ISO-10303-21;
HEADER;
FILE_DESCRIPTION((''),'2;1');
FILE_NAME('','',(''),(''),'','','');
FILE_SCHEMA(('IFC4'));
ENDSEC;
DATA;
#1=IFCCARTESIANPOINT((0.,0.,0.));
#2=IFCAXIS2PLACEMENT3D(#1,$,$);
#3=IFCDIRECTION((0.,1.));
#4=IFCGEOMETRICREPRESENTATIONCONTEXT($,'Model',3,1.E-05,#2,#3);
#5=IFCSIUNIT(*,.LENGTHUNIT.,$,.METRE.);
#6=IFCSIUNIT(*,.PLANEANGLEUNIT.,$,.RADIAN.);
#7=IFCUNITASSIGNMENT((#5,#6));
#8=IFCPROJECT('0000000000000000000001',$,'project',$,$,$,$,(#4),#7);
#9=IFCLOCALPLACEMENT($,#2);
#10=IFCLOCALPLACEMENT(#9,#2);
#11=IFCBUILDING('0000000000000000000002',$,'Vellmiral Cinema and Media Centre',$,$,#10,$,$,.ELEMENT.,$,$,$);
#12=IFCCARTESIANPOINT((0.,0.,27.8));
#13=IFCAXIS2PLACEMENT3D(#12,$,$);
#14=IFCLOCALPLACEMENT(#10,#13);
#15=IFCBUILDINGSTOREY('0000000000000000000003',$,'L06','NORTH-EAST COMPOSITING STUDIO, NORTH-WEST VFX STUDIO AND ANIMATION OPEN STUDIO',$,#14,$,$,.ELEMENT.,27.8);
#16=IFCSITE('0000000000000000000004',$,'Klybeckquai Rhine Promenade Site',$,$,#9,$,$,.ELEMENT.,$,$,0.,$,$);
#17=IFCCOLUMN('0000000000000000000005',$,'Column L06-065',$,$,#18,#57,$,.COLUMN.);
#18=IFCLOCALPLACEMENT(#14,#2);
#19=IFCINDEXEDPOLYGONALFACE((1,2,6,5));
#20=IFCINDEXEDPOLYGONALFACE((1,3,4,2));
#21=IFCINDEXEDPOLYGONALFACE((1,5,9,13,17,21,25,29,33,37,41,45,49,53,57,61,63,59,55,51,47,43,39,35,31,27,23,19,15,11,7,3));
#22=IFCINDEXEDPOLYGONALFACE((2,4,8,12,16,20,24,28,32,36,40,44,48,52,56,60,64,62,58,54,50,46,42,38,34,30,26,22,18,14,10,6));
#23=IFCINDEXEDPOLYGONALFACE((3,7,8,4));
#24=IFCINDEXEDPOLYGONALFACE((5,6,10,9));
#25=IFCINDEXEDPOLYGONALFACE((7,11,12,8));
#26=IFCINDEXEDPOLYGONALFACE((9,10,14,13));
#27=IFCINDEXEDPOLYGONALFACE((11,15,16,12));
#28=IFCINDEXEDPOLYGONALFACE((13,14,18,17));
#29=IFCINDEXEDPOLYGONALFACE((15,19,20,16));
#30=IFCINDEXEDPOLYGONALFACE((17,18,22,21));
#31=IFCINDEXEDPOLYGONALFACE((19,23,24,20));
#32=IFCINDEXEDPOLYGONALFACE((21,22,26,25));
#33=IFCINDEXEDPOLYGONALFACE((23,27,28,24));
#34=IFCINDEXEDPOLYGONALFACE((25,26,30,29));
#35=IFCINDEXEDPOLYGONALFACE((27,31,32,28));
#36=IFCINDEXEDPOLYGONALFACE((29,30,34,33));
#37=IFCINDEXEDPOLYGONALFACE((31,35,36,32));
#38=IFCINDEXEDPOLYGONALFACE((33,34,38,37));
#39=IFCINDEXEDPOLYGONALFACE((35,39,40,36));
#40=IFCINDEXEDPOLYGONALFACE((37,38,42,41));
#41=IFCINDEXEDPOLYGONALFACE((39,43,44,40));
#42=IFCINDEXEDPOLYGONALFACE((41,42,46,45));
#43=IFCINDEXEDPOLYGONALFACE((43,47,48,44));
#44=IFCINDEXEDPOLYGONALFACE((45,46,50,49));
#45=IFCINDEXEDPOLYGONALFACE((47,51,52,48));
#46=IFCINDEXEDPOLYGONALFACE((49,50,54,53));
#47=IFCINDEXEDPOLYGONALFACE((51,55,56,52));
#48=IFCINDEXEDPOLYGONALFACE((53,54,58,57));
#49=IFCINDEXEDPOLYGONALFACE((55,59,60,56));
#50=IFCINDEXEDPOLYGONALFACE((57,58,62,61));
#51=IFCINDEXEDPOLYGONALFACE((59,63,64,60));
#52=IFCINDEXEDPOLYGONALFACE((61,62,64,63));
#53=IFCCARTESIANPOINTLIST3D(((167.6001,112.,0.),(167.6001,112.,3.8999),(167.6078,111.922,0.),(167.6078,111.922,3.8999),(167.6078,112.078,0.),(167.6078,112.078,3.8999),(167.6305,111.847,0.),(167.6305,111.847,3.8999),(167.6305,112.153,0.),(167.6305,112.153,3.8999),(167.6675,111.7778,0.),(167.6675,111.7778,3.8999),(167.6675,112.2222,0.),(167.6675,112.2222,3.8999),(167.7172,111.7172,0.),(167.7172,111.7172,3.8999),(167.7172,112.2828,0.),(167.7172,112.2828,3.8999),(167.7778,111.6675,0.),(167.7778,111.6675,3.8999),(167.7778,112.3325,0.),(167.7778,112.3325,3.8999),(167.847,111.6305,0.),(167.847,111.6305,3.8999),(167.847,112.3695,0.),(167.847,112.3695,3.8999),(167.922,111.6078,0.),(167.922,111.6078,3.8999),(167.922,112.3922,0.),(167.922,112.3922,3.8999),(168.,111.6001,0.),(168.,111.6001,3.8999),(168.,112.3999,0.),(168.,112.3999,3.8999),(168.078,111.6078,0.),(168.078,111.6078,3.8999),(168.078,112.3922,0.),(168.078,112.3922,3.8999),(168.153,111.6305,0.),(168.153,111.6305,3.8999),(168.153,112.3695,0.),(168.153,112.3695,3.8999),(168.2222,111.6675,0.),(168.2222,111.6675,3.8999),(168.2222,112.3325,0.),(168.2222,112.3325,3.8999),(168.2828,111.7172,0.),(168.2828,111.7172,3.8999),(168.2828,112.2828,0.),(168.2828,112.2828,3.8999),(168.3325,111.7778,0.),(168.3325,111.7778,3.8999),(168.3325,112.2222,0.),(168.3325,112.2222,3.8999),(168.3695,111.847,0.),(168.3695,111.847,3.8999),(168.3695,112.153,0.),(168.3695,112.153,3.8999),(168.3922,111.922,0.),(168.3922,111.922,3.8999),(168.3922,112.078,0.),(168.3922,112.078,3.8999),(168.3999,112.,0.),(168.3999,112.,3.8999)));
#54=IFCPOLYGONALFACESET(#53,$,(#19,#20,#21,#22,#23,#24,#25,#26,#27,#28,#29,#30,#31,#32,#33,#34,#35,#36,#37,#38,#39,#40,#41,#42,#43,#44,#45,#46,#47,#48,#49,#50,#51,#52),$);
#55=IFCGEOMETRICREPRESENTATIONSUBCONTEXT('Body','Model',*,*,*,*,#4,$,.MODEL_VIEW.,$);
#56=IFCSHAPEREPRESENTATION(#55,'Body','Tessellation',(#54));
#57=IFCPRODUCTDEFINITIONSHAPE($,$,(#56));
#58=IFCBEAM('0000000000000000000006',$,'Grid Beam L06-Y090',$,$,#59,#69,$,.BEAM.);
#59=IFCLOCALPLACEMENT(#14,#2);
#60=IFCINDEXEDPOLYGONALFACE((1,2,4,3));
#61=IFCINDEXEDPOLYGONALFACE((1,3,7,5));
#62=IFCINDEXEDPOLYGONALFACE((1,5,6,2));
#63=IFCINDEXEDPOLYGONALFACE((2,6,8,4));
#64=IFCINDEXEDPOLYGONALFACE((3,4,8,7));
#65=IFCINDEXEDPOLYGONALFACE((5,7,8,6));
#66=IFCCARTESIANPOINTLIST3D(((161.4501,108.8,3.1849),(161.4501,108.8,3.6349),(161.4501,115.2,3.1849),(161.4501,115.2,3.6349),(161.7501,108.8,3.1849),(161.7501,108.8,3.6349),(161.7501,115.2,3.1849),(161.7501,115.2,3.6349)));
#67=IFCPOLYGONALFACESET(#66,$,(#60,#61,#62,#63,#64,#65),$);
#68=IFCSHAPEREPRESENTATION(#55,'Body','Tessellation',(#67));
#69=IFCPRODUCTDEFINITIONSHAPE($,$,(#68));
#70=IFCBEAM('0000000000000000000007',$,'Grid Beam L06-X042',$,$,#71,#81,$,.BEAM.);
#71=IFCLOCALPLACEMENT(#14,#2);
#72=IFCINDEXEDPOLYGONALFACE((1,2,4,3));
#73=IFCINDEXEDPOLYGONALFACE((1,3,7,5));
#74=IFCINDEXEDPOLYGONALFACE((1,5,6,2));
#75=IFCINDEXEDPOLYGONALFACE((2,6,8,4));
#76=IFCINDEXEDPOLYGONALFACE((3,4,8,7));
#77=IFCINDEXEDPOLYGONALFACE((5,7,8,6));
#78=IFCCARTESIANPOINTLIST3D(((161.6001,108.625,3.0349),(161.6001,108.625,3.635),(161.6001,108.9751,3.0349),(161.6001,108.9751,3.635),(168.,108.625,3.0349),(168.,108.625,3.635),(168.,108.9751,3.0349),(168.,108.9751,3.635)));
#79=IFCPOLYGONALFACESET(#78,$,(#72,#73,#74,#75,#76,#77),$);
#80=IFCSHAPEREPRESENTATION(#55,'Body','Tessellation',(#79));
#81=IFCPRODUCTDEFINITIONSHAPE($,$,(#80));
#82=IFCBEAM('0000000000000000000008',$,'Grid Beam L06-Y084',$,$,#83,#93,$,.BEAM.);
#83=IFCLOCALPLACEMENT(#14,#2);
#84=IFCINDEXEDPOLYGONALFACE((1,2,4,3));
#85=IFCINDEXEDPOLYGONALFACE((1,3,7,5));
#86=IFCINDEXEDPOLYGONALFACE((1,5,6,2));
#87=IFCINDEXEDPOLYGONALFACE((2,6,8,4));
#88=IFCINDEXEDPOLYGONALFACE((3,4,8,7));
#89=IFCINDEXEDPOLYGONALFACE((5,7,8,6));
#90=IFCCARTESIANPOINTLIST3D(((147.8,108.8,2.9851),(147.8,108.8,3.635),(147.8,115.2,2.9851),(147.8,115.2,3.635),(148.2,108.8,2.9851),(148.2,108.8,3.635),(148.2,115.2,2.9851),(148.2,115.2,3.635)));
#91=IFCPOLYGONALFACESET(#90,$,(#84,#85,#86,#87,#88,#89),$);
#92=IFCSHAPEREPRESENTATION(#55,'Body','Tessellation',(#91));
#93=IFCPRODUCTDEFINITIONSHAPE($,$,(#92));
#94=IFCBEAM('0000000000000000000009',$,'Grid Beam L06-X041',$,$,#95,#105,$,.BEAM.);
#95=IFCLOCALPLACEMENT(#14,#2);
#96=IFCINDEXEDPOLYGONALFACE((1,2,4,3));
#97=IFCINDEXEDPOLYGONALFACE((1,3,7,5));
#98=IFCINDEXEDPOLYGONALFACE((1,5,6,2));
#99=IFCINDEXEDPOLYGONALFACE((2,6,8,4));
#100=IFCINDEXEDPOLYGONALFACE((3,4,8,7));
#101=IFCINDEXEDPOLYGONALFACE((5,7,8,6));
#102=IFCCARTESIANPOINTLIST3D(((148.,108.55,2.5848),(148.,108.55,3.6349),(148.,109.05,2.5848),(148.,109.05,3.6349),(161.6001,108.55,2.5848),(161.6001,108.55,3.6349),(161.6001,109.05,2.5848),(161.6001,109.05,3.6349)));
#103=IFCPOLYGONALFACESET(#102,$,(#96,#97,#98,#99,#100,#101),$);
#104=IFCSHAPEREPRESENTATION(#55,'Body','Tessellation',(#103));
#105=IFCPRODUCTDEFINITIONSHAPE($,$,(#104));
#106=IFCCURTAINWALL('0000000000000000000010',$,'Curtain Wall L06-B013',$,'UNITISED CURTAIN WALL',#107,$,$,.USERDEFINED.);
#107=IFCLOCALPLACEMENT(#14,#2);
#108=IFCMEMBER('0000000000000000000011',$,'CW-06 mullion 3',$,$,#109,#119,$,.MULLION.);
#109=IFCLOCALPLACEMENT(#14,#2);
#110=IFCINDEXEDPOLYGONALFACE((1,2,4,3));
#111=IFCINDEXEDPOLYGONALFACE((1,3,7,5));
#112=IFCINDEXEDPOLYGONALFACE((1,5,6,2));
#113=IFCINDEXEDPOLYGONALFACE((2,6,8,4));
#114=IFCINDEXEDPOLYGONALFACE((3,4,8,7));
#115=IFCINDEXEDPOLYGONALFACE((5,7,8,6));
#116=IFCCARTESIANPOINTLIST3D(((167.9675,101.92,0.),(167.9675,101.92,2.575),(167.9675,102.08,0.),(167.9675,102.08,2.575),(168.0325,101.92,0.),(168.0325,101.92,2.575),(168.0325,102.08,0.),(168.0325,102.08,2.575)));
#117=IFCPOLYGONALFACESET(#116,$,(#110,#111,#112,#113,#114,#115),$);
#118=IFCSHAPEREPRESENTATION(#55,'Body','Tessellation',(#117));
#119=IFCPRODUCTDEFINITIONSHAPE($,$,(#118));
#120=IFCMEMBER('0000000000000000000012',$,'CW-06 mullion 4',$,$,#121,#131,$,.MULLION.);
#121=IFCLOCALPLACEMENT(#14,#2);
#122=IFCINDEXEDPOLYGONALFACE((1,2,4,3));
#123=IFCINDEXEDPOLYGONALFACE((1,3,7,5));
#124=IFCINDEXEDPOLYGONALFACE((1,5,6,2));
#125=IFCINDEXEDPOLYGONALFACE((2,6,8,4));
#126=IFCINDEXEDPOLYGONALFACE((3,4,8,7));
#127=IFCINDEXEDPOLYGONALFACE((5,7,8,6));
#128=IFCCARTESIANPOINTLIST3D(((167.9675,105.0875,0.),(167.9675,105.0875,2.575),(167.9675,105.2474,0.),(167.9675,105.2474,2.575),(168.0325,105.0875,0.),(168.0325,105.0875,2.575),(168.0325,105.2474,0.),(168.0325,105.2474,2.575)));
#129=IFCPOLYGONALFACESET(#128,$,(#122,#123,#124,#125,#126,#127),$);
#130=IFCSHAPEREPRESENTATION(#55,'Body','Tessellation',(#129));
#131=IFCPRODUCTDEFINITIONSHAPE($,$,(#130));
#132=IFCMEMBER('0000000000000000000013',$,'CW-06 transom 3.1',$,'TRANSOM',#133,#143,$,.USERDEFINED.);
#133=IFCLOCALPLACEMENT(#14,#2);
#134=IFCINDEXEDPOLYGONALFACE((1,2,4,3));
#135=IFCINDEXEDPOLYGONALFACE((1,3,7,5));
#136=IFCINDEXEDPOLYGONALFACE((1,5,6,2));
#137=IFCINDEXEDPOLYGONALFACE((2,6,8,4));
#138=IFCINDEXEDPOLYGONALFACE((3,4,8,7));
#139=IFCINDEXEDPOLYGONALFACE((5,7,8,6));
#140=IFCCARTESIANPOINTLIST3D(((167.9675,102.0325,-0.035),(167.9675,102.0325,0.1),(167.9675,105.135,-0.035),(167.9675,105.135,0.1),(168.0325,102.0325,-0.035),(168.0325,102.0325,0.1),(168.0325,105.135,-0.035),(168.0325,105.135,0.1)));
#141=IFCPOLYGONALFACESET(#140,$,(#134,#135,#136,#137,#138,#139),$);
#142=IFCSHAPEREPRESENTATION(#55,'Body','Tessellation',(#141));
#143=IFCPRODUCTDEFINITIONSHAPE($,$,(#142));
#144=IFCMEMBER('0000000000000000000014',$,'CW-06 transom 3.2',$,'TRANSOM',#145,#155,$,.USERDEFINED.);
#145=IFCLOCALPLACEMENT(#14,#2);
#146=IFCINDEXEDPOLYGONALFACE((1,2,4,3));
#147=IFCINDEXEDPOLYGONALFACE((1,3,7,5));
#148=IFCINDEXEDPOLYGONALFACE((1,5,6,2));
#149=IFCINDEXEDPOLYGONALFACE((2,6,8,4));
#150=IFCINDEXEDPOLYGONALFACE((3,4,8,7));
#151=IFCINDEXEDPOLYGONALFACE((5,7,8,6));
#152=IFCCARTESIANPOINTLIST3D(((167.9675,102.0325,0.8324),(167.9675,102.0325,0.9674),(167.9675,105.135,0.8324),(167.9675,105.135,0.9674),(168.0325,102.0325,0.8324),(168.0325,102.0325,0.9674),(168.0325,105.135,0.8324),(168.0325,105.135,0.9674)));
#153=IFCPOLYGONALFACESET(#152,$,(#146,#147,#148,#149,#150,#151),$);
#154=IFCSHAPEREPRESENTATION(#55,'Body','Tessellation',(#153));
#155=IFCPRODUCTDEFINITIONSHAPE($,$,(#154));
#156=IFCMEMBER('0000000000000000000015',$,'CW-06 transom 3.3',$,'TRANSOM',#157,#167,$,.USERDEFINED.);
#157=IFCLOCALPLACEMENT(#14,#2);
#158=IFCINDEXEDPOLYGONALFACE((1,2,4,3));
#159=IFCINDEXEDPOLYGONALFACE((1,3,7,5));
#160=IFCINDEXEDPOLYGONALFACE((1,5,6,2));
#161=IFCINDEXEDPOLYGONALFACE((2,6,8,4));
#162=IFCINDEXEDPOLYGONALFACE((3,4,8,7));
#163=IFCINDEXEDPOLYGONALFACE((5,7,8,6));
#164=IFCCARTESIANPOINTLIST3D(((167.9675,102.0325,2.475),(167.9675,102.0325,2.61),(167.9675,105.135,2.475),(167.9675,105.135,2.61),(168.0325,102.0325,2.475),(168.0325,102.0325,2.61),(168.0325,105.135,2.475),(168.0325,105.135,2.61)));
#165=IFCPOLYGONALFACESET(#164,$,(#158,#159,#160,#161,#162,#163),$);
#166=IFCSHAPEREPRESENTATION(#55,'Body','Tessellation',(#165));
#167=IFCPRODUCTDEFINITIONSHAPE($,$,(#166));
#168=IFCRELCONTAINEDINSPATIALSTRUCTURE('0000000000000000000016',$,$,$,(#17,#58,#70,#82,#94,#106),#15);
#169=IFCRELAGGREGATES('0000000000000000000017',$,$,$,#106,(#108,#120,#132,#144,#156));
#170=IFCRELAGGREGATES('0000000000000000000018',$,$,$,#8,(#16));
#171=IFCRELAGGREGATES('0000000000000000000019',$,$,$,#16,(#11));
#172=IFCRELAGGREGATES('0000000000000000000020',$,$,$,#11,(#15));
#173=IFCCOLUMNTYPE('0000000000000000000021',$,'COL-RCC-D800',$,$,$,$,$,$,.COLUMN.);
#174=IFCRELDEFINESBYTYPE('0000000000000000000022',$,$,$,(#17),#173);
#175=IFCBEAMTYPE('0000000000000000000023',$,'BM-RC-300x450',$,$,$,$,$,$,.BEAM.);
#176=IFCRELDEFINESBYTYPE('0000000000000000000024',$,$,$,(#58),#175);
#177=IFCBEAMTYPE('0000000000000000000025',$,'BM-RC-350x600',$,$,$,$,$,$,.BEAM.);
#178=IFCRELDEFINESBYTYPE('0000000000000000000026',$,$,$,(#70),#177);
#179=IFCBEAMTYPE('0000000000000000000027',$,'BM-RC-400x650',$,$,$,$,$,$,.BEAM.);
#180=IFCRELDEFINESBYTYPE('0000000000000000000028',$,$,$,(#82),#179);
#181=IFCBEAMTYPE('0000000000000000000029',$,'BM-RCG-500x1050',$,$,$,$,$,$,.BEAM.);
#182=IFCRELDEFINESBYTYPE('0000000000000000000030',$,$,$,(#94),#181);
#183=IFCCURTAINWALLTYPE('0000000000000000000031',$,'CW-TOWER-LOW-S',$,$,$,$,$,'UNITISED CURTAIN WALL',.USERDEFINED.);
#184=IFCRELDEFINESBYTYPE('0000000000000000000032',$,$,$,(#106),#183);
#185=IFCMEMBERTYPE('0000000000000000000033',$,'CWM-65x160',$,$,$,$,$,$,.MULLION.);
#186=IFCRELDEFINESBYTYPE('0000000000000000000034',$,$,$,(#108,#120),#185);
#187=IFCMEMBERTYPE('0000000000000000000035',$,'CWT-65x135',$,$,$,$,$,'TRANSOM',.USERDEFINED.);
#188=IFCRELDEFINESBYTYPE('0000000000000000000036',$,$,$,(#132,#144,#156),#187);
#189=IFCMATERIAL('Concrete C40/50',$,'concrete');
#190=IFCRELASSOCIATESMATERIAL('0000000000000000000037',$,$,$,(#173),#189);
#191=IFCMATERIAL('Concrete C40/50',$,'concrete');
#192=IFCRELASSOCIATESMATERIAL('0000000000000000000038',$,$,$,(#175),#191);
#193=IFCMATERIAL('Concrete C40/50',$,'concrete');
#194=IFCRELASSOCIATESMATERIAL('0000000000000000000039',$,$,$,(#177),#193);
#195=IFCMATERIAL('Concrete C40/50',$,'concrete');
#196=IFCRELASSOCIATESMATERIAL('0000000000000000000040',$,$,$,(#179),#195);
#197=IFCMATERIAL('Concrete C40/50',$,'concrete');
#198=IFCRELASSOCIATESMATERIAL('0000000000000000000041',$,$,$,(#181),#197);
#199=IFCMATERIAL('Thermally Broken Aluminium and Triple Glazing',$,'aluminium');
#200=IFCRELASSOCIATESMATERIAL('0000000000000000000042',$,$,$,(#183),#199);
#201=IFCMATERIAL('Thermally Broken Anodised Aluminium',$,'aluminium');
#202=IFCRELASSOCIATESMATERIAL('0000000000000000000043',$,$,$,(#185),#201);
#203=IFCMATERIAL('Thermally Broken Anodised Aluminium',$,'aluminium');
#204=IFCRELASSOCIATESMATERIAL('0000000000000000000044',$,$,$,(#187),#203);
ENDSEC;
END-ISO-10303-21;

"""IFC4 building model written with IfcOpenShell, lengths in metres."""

from ifc_helpers import new_model, si_unit, direction, frame, origin, origin_2d, place, context, subcontext, project, spatial, rectangle, circle, extrude, material, material_profile, profile_set, type_object, element, aggregate, save


model = new_model("IFC4")

# Units and contexts
model_context = context("Model", 3, precision=1e-05, world=origin(), true_north=direction((0.0, 1.0)))
body_context = subcontext(model_context, "Body", "Model", "MODEL_VIEW")
ifc_project = project(units=[si_unit("LENGTHUNIT", "METRE"), si_unit("PLANEANGLEUNIT", "RADIAN")], contexts=[model_context])

# Site, building, storey
site_placement = place(None, origin())
site = spatial("IfcSite", under=ifc_project, at=site_placement, Name="Klybeckquai Rhine Promenade Site", CompositionType="ELEMENT", RefElevation=0.0)
building_placement = place(site_placement, origin())
building = spatial("IfcBuilding", under=site, at=building_placement, Name="Vellmiral Cinema and Media Centre", CompositionType="ELEMENT")
storey_placement = place(building_placement, frame((0.0, 0.0, 27.8)))
storey = spatial("IfcBuildingStorey", under=building, at=storey_placement, Name="L06", Description="NORTH-EAST COMPOSITING STUDIO, NORTH-WEST VFX STUDIO AND ANIMATION OPEN STUDIO", CompositionType="ELEMENT", Elevation=27.8)

# Column
ifc_material_1 = material(Name="Concrete C40/50", Category="concrete")
ifc_material_profile_1 = material_profile(ifc_material_1, circle(Radius=0.3999, at=origin_2d()), Name="RC D800")
ifc_profile_set_1 = profile_set([ifc_material_profile_1], Name="Concrete C40/50")
column_type_1 = type_object("IfcColumnType", Name="COL-RCC-D800", PredefinedType="COLUMN", material=ifc_profile_set_1)
for number, where, z_axis, x_axis, name in (
    (1, (168.0, 112.0, 0.0), (0.0, 0.0, 1.0), (1.0, 0.0, 0.0), "Column L06-065"),
):
    element("IfcColumn", number, at=place(storey_placement, frame(where, z_axis=z_axis, x_axis=x_axis)), inside=storey, type_object=column_type_1, Name=name, PredefinedType="COLUMN", context=body_context, shape_type="SweptSolid", body=[
        extrude(circle(Radius=0.3999, at=origin_2d()), origin(), (0.0, 0.0, 1.0), 3.8999),
    ])

# Beams
ifc_material_2 = material(Name="Concrete C40/50", Category="concrete")
ifc_material_profile_2 = material_profile(ifc_material_2, rectangle(XDim=0.3, YDim=0.45, at=origin_2d()), Name="RC 300x450")
ifc_profile_set_2 = profile_set([ifc_material_profile_2], Name="Concrete C40/50")
beam_type_1 = type_object("IfcBeamType", Name="BM-RC-300x450", PredefinedType="BEAM", material=ifc_profile_set_2)
beam_1_placement = place(storey_placement, frame((161.6001, 108.8, 3.4099), z_axis=(0.0, 1.0, 0.0), x_axis=(-1.0, 0.0, 0.0)))
element("IfcBeam", 2, at=beam_1_placement, inside=storey, type_object=beam_type_1, Name="Grid Beam L06-Y090", PredefinedType="BEAM", context=body_context, shape_type="SweptSolid", body=[
    extrude(rectangle(XDim=0.3, YDim=0.45, at=origin_2d()), origin(), (0.0, 0.0, 1.0), 6.3999),
])
ifc_material_3 = material(Name="Concrete C40/50", Category="concrete")
ifc_material_profile_3 = material_profile(ifc_material_3, rectangle(XDim=0.3501, YDim=0.6001, at=origin_2d()), Name="RC 350x600")
ifc_profile_set_3 = profile_set([ifc_material_profile_3], Name="Concrete C40/50")
beam_type_2 = type_object("IfcBeamType", Name="BM-RC-350x600", PredefinedType="BEAM", material=ifc_profile_set_3)
beam_2_placement = place(storey_placement, frame((161.6001, 108.8, 3.335), z_axis=(1.0, 0.0, 0.0), x_axis=(0.0, 1.0, 0.0)))
element("IfcBeam", 3, at=beam_2_placement, inside=storey, type_object=beam_type_2, Name="Grid Beam L06-X042", PredefinedType="BEAM", context=body_context, shape_type="SweptSolid", body=[
    extrude(rectangle(XDim=0.3501, YDim=0.6001, at=origin_2d()), origin(), (0.0, 0.0, 1.0), 6.3999),
])
ifc_material_4 = material(Name="Concrete C40/50", Category="concrete")
ifc_material_profile_4 = material_profile(ifc_material_4, rectangle(XDim=0.3999, YDim=0.6499, at=origin_2d()), Name="RC 400x650")
ifc_profile_set_4 = profile_set([ifc_material_profile_4], Name="Concrete C40/50")
beam_type_3 = type_object("IfcBeamType", Name="BM-RC-400x650", PredefinedType="BEAM", material=ifc_profile_set_4)
beam_3_placement = place(storey_placement, frame((148.0, 108.8, 3.3101), z_axis=(0.0, 1.0, 0.0), x_axis=(-1.0, 0.0, 0.0)))
element("IfcBeam", 4, at=beam_3_placement, inside=storey, type_object=beam_type_3, Name="Grid Beam L06-Y084", PredefinedType="BEAM", context=body_context, shape_type="SweptSolid", body=[
    extrude(rectangle(XDim=0.3999, YDim=0.6499, at=origin_2d()), origin(), (0.0, 0.0, 1.0), 6.3999),
])
ifc_material_5 = material(Name="Concrete C40/50", Category="concrete")
ifc_material_profile_5 = material_profile(ifc_material_5, rectangle(XDim=0.5, YDim=1.05, at=origin_2d()), Name="RC 500x1050")
ifc_profile_set_5 = profile_set([ifc_material_profile_5], Name="Concrete C40/50")
beam_type_4 = type_object("IfcBeamType", Name="BM-RCG-500x1050", PredefinedType="BEAM", material=ifc_profile_set_5)
beam_4_placement = place(storey_placement, frame((148.0, 108.8, 3.1099), z_axis=(1.0, 0.0, 0.0), x_axis=(0.0, 1.0, 0.0)))
element("IfcBeam", 5, at=beam_4_placement, inside=storey, type_object=beam_type_4, Name="Grid Beam L06-X041", PredefinedType="BEAM", context=body_context, shape_type="SweptSolid", body=[
    extrude(rectangle(XDim=0.5, YDim=1.05, at=origin_2d()), origin(), (0.0, 0.0, 1.0), 13.6001),
])

# Curtain wall, members
ifc_material_6 = material(Name="Thermally Broken Aluminium and Triple Glazing", Category="aluminium")
curtain_wall_type = type_object("IfcCurtainWallType", Name="CW-TOWER-LOW-S", ElementType="UNITISED CURTAIN WALL", PredefinedType="USERDEFINED", material=ifc_material_6)
curtain_wall_placement = place(storey_placement, origin())
curtain_wall = element("IfcCurtainWall", 6, at=curtain_wall_placement, inside=storey, type_object=curtain_wall_type, Name="Curtain Wall L06-B013", ObjectType="UNITISED CURTAIN WALL", PredefinedType="USERDEFINED")
ifc_material_7 = material(Name="Thermally Broken Anodised Aluminium", Category="aluminium")
ifc_material_profile_6 = material_profile(ifc_material_7, rectangle(XDim=0.0649, YDim=0.1599, at=origin_2d()), Name="MULL 65x160")
ifc_profile_set_6 = profile_set([ifc_material_profile_6], Name="Thermally Broken Anodised Aluminium")
member_type_1 = type_object("IfcMemberType", Name="CWM-65x160", PredefinedType="MULLION", material=ifc_profile_set_6)
member_1_placement = place(storey_placement, frame((168.0, 102.0, 0.0), z_axis=(0.0, 0.0, 1.0), x_axis=(-1.0, 0.0, 0.0)))
member_1 = element("IfcMember", 7, at=member_1_placement, type_object=member_type_1, Name="CW-06 mullion 3", PredefinedType="MULLION", context=body_context, shape_type="SweptSolid", body=[
    extrude(rectangle(XDim=0.0649, YDim=0.1599, at=origin_2d()), origin(), (0.0, 0.0, 1.0), 2.575),
])
member_2_placement = place(storey_placement, frame((168.0, 105.1675, 0.0), z_axis=(0.0, 0.0, 1.0), x_axis=(-1.0, 0.0, 0.0)))
member_2 = element("IfcMember", 8, at=member_2_placement, type_object=member_type_1, Name="CW-06 mullion 4", PredefinedType="MULLION", context=body_context, shape_type="SweptSolid", body=[
    extrude(rectangle(XDim=0.0649, YDim=0.1599, at=origin_2d()), origin(), (0.0, 0.0, 1.0), 2.575),
])
ifc_material_8 = material(Name="Thermally Broken Anodised Aluminium", Category="aluminium")
ifc_material_profile_7 = material_profile(ifc_material_8, rectangle(XDim=0.0649, YDim=0.135, at=origin_2d()), Name="MULL 65x135")
ifc_profile_set_7 = profile_set([ifc_material_profile_7], Name="Thermally Broken Anodised Aluminium")
member_type_2 = type_object("IfcMemberType", Name="CWT-65x135", ElementType="TRANSOM", PredefinedType="USERDEFINED", material=ifc_profile_set_7)
member_3_placement = place(storey_placement, frame((168.0, 102.0325, 0.0325), z_axis=(0.0, 1.0, 0.0), x_axis=(-1.0, 0.0, 0.0)))
member_3 = element("IfcMember", 9, at=member_3_placement, type_object=member_type_2, Name="CW-06 transom 3.1", ObjectType="TRANSOM", PredefinedType="USERDEFINED", context=body_context, shape_type="SweptSolid", body=[
    extrude(rectangle(XDim=0.0649, YDim=0.135, at=origin_2d()), origin(), (0.0, 0.0, 1.0), 3.1025),
])
member_4_placement = place(storey_placement, frame((168.0, 102.0325, 0.8999), z_axis=(0.0, 1.0, 0.0), x_axis=(-1.0, 0.0, 0.0)))
member_4 = element("IfcMember", 10, at=member_4_placement, type_object=member_type_2, Name="CW-06 transom 3.2", ObjectType="TRANSOM", PredefinedType="USERDEFINED", context=body_context, shape_type="SweptSolid", body=[
    extrude(rectangle(XDim=0.0649, YDim=0.135, at=origin_2d()), origin(), (0.0, 0.0, 1.0), 3.1025),
])
member_5_placement = place(storey_placement, frame((168.0, 102.0325, 2.5425), z_axis=(0.0, 1.0, 0.0), x_axis=(-1.0, 0.0, 0.0)))
member_5 = element("IfcMember", 11, at=member_5_placement, type_object=member_type_2, Name="CW-06 transom 3.3", ObjectType="TRANSOM", PredefinedType="USERDEFINED", context=body_context, shape_type="SweptSolid", body=[
    extrude(rectangle(XDim=0.0649, YDim=0.135, at=origin_2d()), origin(), (0.0, 0.0, 1.0), 3.1025),
])

aggregate(curtain_wall, [member_1, member_2, member_3, member_4, member_5])

save(model, "model.ifc")
